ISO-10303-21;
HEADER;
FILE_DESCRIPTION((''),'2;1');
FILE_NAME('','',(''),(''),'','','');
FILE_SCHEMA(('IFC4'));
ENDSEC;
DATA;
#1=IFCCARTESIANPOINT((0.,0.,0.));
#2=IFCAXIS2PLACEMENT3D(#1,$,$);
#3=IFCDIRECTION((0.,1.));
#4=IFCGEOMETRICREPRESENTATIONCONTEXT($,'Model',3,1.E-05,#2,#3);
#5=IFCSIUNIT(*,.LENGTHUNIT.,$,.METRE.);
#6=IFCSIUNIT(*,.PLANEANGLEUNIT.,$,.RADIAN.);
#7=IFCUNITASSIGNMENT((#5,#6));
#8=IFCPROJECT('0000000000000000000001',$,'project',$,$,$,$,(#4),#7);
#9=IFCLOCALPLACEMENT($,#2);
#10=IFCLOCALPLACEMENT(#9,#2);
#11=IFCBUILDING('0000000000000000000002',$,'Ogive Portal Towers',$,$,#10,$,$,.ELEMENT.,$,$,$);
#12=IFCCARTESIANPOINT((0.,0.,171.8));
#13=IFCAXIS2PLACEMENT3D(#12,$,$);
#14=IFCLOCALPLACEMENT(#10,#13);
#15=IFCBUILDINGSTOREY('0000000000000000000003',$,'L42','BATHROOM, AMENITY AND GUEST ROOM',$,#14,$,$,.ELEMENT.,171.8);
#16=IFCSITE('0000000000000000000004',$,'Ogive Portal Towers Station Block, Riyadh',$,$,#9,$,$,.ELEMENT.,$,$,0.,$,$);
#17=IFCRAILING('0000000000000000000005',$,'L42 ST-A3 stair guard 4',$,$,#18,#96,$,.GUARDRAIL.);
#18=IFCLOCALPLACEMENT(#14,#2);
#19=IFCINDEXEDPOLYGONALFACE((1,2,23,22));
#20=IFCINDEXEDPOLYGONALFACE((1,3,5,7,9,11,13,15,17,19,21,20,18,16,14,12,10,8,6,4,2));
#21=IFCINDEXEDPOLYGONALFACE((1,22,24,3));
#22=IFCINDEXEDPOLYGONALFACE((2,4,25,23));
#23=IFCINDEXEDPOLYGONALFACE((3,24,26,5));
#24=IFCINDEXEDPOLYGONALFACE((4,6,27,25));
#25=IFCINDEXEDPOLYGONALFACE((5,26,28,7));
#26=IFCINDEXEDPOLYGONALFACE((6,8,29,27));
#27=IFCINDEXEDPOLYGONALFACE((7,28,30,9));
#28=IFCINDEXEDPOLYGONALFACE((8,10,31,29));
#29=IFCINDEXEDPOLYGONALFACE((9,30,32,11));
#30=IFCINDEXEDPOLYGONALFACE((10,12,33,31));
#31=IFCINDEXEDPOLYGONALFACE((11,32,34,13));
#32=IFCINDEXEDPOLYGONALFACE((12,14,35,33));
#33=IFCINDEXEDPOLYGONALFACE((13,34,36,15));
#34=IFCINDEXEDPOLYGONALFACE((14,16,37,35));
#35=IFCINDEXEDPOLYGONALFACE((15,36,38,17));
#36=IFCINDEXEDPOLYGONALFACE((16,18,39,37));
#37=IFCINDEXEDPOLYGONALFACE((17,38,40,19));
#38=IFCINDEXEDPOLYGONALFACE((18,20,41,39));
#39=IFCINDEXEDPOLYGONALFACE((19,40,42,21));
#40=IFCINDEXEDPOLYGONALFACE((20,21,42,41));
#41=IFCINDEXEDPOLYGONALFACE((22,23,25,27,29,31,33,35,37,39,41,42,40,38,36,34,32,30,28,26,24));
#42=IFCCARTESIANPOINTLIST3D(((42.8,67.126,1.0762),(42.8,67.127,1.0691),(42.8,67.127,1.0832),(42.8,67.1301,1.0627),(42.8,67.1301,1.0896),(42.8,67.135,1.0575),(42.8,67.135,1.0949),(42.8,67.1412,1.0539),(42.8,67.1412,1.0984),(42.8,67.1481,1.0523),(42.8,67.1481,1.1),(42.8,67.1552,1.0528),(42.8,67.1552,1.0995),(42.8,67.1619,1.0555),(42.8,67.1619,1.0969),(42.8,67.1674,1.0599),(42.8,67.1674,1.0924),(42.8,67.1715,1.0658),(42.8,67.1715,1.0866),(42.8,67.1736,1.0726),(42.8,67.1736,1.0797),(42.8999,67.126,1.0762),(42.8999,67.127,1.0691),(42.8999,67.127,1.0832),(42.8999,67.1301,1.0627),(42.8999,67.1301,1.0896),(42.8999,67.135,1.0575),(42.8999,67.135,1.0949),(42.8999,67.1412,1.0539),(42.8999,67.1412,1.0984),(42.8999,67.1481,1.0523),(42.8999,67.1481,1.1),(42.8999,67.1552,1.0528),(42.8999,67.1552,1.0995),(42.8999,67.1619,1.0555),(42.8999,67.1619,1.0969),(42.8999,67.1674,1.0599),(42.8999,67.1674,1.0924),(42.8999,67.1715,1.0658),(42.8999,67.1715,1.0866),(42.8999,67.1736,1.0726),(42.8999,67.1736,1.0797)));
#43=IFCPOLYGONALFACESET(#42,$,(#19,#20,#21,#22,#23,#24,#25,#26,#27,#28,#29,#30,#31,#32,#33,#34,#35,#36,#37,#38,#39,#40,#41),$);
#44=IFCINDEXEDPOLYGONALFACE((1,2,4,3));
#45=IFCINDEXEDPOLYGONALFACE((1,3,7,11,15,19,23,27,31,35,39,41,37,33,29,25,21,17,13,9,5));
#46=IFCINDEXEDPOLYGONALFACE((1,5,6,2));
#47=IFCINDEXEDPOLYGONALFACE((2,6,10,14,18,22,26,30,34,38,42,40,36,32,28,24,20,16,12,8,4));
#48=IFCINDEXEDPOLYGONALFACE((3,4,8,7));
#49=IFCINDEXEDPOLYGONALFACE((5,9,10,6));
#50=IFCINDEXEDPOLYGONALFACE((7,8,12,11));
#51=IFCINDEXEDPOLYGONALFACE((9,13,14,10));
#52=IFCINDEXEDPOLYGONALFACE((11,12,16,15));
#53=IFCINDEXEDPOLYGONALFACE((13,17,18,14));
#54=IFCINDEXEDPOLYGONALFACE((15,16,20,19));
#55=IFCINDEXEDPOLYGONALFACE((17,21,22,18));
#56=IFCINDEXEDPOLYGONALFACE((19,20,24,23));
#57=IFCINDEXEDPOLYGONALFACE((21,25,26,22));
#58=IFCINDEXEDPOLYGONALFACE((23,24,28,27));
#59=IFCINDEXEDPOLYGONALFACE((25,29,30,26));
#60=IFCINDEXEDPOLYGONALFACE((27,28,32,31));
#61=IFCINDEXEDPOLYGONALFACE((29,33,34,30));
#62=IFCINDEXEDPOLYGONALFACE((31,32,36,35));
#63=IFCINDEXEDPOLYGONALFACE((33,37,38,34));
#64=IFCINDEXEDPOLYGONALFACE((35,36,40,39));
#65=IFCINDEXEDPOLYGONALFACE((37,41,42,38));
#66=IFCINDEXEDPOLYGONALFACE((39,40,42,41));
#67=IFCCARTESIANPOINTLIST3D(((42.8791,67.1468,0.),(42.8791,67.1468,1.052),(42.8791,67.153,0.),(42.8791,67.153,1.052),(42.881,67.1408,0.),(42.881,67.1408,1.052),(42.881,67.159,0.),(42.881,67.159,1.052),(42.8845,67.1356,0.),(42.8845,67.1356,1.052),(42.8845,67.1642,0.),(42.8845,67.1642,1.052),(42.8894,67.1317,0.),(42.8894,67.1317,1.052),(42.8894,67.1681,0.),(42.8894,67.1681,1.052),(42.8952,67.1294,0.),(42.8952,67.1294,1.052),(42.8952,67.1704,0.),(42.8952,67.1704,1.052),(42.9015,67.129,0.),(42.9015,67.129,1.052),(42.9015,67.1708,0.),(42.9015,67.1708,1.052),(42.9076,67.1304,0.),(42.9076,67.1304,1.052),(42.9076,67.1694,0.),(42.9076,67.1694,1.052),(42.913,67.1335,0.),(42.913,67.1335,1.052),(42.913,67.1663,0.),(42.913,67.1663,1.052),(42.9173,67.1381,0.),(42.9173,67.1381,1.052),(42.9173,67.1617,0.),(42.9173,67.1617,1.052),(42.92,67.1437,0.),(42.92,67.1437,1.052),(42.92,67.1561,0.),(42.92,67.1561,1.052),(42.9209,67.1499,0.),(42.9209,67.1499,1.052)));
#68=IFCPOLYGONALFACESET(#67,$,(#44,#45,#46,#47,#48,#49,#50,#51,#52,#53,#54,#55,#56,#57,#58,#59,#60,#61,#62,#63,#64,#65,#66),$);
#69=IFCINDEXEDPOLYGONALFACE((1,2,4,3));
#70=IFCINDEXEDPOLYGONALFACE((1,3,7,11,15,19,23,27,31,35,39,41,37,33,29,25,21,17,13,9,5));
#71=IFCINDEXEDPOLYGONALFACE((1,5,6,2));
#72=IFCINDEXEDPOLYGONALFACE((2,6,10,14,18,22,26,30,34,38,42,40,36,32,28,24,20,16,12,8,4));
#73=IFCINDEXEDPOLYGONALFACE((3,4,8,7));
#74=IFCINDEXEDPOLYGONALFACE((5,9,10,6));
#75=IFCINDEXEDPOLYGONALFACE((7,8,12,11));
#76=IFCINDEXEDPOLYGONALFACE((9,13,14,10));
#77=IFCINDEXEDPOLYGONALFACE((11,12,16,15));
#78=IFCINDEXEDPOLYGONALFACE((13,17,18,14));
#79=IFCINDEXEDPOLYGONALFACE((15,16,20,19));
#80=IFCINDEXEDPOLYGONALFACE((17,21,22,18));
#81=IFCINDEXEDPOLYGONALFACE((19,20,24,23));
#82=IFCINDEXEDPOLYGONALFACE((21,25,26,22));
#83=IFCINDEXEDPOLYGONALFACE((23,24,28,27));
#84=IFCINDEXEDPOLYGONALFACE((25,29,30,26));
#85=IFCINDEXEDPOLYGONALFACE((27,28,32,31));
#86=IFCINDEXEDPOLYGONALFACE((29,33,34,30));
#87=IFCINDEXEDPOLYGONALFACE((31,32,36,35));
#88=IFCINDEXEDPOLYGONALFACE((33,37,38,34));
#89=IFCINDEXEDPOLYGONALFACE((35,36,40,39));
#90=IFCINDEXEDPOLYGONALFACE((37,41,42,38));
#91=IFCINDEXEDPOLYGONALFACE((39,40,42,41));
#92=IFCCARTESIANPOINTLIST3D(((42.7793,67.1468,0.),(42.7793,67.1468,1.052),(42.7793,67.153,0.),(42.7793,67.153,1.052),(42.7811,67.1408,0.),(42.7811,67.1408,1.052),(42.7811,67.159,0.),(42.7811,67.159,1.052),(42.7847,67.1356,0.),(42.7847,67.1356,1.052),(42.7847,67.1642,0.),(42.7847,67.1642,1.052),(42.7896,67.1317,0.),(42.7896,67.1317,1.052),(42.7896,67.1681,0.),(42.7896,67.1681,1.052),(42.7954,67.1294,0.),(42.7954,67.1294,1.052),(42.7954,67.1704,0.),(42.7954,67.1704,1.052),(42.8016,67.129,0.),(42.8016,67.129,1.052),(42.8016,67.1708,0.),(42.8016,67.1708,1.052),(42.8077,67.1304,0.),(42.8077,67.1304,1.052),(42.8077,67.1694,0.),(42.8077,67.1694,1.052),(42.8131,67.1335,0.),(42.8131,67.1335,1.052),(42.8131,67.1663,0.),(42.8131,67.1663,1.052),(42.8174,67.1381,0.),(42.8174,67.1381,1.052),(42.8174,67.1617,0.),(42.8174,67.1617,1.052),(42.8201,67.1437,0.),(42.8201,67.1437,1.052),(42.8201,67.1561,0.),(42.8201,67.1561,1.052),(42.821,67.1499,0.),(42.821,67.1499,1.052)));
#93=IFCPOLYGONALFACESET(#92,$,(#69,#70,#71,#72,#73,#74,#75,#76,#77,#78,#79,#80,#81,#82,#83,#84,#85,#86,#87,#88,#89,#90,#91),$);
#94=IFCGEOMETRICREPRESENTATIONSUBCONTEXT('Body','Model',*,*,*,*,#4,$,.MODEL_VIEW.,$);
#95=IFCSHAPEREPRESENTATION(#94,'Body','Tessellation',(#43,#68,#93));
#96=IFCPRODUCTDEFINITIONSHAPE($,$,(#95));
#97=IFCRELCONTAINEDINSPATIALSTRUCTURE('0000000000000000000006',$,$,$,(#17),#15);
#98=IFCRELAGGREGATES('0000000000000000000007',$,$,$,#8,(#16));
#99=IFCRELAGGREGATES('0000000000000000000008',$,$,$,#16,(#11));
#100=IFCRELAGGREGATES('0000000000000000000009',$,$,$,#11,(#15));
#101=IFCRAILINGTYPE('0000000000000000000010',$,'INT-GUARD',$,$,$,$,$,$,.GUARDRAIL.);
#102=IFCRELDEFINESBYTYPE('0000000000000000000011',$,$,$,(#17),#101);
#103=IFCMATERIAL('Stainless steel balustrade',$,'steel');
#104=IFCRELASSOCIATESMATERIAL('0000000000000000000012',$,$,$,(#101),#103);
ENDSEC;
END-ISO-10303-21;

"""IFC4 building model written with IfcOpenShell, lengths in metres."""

from ifc_helpers import new_model, si_unit, direction, frame, origin, origin_2d, place, context, subcontext, project, spatial, circle, extrude, material, type_object, element, save


model = new_model("IFC4")

# Units and contexts
model_context = context("Model", 3, precision=1e-05, world=origin(), true_north=direction((0.0, 1.0)))
body_context = subcontext(model_context, "Body", "Model", "MODEL_VIEW")
ifc_project = project(units=[si_unit("LENGTHUNIT", "METRE"), si_unit("PLANEANGLEUNIT", "RADIAN")], contexts=[model_context])

# Site, building, storey
site_placement = place(None, origin())
site = spatial("IfcSite", under=ifc_project, at=site_placement, Name="Ogive Portal Towers Station Block, Riyadh", CompositionType="ELEMENT", RefElevation=0.0)
building_placement = place(site_placement, origin())
building = spatial("IfcBuilding", under=site, at=building_placement, Name="Ogive Portal Towers", CompositionType="ELEMENT")
storey_placement = place(building_placement, frame((0.0, 0.0, 171.8)))
storey = spatial("IfcBuildingStorey", under=building, at=storey_placement, Name="L42", Description="BATHROOM, AMENITY AND GUEST ROOM", CompositionType="ELEMENT", Elevation=171.8)

# Railing
ifc_material_1 = material(Name="Stainless steel balustrade", Category="steel")
railing_type_1 = type_object("IfcRailingType", Name="INT-GUARD", PredefinedType="GUARDRAIL", material=ifc_material_1)
railing_1_placement = place(storey_placement, frame((42.8999, 67.1499, 0.0)))
element("IfcRailing", 1, at=railing_1_placement, inside=storey, type_object=railing_type_1, Name="L42 ST-A3 stair guard 4", PredefinedType="GUARDRAIL", context=body_context, shape_type="SweptSolid", body=[
    extrude(circle(Radius=0.0239, at=origin_2d()), frame((0.0, 0.0, 1.0762), z_axis=(-1.0, 0.0, 0.0), x_axis=(0.0, -1.0, 0.0)), (0.0, 0.0, 1.0), 0.0999),
    extrude(circle(Radius=0.021, at=origin_2d()), origin(), (0.0, 0.0, 1.0), 1.052),
    extrude(circle(Radius=0.021, at=origin_2d()), frame((-0.0999, 0.0, 0.0)), (0.0, 0.0, 1.0), 1.052),
])

save(model, "model.ifc")
